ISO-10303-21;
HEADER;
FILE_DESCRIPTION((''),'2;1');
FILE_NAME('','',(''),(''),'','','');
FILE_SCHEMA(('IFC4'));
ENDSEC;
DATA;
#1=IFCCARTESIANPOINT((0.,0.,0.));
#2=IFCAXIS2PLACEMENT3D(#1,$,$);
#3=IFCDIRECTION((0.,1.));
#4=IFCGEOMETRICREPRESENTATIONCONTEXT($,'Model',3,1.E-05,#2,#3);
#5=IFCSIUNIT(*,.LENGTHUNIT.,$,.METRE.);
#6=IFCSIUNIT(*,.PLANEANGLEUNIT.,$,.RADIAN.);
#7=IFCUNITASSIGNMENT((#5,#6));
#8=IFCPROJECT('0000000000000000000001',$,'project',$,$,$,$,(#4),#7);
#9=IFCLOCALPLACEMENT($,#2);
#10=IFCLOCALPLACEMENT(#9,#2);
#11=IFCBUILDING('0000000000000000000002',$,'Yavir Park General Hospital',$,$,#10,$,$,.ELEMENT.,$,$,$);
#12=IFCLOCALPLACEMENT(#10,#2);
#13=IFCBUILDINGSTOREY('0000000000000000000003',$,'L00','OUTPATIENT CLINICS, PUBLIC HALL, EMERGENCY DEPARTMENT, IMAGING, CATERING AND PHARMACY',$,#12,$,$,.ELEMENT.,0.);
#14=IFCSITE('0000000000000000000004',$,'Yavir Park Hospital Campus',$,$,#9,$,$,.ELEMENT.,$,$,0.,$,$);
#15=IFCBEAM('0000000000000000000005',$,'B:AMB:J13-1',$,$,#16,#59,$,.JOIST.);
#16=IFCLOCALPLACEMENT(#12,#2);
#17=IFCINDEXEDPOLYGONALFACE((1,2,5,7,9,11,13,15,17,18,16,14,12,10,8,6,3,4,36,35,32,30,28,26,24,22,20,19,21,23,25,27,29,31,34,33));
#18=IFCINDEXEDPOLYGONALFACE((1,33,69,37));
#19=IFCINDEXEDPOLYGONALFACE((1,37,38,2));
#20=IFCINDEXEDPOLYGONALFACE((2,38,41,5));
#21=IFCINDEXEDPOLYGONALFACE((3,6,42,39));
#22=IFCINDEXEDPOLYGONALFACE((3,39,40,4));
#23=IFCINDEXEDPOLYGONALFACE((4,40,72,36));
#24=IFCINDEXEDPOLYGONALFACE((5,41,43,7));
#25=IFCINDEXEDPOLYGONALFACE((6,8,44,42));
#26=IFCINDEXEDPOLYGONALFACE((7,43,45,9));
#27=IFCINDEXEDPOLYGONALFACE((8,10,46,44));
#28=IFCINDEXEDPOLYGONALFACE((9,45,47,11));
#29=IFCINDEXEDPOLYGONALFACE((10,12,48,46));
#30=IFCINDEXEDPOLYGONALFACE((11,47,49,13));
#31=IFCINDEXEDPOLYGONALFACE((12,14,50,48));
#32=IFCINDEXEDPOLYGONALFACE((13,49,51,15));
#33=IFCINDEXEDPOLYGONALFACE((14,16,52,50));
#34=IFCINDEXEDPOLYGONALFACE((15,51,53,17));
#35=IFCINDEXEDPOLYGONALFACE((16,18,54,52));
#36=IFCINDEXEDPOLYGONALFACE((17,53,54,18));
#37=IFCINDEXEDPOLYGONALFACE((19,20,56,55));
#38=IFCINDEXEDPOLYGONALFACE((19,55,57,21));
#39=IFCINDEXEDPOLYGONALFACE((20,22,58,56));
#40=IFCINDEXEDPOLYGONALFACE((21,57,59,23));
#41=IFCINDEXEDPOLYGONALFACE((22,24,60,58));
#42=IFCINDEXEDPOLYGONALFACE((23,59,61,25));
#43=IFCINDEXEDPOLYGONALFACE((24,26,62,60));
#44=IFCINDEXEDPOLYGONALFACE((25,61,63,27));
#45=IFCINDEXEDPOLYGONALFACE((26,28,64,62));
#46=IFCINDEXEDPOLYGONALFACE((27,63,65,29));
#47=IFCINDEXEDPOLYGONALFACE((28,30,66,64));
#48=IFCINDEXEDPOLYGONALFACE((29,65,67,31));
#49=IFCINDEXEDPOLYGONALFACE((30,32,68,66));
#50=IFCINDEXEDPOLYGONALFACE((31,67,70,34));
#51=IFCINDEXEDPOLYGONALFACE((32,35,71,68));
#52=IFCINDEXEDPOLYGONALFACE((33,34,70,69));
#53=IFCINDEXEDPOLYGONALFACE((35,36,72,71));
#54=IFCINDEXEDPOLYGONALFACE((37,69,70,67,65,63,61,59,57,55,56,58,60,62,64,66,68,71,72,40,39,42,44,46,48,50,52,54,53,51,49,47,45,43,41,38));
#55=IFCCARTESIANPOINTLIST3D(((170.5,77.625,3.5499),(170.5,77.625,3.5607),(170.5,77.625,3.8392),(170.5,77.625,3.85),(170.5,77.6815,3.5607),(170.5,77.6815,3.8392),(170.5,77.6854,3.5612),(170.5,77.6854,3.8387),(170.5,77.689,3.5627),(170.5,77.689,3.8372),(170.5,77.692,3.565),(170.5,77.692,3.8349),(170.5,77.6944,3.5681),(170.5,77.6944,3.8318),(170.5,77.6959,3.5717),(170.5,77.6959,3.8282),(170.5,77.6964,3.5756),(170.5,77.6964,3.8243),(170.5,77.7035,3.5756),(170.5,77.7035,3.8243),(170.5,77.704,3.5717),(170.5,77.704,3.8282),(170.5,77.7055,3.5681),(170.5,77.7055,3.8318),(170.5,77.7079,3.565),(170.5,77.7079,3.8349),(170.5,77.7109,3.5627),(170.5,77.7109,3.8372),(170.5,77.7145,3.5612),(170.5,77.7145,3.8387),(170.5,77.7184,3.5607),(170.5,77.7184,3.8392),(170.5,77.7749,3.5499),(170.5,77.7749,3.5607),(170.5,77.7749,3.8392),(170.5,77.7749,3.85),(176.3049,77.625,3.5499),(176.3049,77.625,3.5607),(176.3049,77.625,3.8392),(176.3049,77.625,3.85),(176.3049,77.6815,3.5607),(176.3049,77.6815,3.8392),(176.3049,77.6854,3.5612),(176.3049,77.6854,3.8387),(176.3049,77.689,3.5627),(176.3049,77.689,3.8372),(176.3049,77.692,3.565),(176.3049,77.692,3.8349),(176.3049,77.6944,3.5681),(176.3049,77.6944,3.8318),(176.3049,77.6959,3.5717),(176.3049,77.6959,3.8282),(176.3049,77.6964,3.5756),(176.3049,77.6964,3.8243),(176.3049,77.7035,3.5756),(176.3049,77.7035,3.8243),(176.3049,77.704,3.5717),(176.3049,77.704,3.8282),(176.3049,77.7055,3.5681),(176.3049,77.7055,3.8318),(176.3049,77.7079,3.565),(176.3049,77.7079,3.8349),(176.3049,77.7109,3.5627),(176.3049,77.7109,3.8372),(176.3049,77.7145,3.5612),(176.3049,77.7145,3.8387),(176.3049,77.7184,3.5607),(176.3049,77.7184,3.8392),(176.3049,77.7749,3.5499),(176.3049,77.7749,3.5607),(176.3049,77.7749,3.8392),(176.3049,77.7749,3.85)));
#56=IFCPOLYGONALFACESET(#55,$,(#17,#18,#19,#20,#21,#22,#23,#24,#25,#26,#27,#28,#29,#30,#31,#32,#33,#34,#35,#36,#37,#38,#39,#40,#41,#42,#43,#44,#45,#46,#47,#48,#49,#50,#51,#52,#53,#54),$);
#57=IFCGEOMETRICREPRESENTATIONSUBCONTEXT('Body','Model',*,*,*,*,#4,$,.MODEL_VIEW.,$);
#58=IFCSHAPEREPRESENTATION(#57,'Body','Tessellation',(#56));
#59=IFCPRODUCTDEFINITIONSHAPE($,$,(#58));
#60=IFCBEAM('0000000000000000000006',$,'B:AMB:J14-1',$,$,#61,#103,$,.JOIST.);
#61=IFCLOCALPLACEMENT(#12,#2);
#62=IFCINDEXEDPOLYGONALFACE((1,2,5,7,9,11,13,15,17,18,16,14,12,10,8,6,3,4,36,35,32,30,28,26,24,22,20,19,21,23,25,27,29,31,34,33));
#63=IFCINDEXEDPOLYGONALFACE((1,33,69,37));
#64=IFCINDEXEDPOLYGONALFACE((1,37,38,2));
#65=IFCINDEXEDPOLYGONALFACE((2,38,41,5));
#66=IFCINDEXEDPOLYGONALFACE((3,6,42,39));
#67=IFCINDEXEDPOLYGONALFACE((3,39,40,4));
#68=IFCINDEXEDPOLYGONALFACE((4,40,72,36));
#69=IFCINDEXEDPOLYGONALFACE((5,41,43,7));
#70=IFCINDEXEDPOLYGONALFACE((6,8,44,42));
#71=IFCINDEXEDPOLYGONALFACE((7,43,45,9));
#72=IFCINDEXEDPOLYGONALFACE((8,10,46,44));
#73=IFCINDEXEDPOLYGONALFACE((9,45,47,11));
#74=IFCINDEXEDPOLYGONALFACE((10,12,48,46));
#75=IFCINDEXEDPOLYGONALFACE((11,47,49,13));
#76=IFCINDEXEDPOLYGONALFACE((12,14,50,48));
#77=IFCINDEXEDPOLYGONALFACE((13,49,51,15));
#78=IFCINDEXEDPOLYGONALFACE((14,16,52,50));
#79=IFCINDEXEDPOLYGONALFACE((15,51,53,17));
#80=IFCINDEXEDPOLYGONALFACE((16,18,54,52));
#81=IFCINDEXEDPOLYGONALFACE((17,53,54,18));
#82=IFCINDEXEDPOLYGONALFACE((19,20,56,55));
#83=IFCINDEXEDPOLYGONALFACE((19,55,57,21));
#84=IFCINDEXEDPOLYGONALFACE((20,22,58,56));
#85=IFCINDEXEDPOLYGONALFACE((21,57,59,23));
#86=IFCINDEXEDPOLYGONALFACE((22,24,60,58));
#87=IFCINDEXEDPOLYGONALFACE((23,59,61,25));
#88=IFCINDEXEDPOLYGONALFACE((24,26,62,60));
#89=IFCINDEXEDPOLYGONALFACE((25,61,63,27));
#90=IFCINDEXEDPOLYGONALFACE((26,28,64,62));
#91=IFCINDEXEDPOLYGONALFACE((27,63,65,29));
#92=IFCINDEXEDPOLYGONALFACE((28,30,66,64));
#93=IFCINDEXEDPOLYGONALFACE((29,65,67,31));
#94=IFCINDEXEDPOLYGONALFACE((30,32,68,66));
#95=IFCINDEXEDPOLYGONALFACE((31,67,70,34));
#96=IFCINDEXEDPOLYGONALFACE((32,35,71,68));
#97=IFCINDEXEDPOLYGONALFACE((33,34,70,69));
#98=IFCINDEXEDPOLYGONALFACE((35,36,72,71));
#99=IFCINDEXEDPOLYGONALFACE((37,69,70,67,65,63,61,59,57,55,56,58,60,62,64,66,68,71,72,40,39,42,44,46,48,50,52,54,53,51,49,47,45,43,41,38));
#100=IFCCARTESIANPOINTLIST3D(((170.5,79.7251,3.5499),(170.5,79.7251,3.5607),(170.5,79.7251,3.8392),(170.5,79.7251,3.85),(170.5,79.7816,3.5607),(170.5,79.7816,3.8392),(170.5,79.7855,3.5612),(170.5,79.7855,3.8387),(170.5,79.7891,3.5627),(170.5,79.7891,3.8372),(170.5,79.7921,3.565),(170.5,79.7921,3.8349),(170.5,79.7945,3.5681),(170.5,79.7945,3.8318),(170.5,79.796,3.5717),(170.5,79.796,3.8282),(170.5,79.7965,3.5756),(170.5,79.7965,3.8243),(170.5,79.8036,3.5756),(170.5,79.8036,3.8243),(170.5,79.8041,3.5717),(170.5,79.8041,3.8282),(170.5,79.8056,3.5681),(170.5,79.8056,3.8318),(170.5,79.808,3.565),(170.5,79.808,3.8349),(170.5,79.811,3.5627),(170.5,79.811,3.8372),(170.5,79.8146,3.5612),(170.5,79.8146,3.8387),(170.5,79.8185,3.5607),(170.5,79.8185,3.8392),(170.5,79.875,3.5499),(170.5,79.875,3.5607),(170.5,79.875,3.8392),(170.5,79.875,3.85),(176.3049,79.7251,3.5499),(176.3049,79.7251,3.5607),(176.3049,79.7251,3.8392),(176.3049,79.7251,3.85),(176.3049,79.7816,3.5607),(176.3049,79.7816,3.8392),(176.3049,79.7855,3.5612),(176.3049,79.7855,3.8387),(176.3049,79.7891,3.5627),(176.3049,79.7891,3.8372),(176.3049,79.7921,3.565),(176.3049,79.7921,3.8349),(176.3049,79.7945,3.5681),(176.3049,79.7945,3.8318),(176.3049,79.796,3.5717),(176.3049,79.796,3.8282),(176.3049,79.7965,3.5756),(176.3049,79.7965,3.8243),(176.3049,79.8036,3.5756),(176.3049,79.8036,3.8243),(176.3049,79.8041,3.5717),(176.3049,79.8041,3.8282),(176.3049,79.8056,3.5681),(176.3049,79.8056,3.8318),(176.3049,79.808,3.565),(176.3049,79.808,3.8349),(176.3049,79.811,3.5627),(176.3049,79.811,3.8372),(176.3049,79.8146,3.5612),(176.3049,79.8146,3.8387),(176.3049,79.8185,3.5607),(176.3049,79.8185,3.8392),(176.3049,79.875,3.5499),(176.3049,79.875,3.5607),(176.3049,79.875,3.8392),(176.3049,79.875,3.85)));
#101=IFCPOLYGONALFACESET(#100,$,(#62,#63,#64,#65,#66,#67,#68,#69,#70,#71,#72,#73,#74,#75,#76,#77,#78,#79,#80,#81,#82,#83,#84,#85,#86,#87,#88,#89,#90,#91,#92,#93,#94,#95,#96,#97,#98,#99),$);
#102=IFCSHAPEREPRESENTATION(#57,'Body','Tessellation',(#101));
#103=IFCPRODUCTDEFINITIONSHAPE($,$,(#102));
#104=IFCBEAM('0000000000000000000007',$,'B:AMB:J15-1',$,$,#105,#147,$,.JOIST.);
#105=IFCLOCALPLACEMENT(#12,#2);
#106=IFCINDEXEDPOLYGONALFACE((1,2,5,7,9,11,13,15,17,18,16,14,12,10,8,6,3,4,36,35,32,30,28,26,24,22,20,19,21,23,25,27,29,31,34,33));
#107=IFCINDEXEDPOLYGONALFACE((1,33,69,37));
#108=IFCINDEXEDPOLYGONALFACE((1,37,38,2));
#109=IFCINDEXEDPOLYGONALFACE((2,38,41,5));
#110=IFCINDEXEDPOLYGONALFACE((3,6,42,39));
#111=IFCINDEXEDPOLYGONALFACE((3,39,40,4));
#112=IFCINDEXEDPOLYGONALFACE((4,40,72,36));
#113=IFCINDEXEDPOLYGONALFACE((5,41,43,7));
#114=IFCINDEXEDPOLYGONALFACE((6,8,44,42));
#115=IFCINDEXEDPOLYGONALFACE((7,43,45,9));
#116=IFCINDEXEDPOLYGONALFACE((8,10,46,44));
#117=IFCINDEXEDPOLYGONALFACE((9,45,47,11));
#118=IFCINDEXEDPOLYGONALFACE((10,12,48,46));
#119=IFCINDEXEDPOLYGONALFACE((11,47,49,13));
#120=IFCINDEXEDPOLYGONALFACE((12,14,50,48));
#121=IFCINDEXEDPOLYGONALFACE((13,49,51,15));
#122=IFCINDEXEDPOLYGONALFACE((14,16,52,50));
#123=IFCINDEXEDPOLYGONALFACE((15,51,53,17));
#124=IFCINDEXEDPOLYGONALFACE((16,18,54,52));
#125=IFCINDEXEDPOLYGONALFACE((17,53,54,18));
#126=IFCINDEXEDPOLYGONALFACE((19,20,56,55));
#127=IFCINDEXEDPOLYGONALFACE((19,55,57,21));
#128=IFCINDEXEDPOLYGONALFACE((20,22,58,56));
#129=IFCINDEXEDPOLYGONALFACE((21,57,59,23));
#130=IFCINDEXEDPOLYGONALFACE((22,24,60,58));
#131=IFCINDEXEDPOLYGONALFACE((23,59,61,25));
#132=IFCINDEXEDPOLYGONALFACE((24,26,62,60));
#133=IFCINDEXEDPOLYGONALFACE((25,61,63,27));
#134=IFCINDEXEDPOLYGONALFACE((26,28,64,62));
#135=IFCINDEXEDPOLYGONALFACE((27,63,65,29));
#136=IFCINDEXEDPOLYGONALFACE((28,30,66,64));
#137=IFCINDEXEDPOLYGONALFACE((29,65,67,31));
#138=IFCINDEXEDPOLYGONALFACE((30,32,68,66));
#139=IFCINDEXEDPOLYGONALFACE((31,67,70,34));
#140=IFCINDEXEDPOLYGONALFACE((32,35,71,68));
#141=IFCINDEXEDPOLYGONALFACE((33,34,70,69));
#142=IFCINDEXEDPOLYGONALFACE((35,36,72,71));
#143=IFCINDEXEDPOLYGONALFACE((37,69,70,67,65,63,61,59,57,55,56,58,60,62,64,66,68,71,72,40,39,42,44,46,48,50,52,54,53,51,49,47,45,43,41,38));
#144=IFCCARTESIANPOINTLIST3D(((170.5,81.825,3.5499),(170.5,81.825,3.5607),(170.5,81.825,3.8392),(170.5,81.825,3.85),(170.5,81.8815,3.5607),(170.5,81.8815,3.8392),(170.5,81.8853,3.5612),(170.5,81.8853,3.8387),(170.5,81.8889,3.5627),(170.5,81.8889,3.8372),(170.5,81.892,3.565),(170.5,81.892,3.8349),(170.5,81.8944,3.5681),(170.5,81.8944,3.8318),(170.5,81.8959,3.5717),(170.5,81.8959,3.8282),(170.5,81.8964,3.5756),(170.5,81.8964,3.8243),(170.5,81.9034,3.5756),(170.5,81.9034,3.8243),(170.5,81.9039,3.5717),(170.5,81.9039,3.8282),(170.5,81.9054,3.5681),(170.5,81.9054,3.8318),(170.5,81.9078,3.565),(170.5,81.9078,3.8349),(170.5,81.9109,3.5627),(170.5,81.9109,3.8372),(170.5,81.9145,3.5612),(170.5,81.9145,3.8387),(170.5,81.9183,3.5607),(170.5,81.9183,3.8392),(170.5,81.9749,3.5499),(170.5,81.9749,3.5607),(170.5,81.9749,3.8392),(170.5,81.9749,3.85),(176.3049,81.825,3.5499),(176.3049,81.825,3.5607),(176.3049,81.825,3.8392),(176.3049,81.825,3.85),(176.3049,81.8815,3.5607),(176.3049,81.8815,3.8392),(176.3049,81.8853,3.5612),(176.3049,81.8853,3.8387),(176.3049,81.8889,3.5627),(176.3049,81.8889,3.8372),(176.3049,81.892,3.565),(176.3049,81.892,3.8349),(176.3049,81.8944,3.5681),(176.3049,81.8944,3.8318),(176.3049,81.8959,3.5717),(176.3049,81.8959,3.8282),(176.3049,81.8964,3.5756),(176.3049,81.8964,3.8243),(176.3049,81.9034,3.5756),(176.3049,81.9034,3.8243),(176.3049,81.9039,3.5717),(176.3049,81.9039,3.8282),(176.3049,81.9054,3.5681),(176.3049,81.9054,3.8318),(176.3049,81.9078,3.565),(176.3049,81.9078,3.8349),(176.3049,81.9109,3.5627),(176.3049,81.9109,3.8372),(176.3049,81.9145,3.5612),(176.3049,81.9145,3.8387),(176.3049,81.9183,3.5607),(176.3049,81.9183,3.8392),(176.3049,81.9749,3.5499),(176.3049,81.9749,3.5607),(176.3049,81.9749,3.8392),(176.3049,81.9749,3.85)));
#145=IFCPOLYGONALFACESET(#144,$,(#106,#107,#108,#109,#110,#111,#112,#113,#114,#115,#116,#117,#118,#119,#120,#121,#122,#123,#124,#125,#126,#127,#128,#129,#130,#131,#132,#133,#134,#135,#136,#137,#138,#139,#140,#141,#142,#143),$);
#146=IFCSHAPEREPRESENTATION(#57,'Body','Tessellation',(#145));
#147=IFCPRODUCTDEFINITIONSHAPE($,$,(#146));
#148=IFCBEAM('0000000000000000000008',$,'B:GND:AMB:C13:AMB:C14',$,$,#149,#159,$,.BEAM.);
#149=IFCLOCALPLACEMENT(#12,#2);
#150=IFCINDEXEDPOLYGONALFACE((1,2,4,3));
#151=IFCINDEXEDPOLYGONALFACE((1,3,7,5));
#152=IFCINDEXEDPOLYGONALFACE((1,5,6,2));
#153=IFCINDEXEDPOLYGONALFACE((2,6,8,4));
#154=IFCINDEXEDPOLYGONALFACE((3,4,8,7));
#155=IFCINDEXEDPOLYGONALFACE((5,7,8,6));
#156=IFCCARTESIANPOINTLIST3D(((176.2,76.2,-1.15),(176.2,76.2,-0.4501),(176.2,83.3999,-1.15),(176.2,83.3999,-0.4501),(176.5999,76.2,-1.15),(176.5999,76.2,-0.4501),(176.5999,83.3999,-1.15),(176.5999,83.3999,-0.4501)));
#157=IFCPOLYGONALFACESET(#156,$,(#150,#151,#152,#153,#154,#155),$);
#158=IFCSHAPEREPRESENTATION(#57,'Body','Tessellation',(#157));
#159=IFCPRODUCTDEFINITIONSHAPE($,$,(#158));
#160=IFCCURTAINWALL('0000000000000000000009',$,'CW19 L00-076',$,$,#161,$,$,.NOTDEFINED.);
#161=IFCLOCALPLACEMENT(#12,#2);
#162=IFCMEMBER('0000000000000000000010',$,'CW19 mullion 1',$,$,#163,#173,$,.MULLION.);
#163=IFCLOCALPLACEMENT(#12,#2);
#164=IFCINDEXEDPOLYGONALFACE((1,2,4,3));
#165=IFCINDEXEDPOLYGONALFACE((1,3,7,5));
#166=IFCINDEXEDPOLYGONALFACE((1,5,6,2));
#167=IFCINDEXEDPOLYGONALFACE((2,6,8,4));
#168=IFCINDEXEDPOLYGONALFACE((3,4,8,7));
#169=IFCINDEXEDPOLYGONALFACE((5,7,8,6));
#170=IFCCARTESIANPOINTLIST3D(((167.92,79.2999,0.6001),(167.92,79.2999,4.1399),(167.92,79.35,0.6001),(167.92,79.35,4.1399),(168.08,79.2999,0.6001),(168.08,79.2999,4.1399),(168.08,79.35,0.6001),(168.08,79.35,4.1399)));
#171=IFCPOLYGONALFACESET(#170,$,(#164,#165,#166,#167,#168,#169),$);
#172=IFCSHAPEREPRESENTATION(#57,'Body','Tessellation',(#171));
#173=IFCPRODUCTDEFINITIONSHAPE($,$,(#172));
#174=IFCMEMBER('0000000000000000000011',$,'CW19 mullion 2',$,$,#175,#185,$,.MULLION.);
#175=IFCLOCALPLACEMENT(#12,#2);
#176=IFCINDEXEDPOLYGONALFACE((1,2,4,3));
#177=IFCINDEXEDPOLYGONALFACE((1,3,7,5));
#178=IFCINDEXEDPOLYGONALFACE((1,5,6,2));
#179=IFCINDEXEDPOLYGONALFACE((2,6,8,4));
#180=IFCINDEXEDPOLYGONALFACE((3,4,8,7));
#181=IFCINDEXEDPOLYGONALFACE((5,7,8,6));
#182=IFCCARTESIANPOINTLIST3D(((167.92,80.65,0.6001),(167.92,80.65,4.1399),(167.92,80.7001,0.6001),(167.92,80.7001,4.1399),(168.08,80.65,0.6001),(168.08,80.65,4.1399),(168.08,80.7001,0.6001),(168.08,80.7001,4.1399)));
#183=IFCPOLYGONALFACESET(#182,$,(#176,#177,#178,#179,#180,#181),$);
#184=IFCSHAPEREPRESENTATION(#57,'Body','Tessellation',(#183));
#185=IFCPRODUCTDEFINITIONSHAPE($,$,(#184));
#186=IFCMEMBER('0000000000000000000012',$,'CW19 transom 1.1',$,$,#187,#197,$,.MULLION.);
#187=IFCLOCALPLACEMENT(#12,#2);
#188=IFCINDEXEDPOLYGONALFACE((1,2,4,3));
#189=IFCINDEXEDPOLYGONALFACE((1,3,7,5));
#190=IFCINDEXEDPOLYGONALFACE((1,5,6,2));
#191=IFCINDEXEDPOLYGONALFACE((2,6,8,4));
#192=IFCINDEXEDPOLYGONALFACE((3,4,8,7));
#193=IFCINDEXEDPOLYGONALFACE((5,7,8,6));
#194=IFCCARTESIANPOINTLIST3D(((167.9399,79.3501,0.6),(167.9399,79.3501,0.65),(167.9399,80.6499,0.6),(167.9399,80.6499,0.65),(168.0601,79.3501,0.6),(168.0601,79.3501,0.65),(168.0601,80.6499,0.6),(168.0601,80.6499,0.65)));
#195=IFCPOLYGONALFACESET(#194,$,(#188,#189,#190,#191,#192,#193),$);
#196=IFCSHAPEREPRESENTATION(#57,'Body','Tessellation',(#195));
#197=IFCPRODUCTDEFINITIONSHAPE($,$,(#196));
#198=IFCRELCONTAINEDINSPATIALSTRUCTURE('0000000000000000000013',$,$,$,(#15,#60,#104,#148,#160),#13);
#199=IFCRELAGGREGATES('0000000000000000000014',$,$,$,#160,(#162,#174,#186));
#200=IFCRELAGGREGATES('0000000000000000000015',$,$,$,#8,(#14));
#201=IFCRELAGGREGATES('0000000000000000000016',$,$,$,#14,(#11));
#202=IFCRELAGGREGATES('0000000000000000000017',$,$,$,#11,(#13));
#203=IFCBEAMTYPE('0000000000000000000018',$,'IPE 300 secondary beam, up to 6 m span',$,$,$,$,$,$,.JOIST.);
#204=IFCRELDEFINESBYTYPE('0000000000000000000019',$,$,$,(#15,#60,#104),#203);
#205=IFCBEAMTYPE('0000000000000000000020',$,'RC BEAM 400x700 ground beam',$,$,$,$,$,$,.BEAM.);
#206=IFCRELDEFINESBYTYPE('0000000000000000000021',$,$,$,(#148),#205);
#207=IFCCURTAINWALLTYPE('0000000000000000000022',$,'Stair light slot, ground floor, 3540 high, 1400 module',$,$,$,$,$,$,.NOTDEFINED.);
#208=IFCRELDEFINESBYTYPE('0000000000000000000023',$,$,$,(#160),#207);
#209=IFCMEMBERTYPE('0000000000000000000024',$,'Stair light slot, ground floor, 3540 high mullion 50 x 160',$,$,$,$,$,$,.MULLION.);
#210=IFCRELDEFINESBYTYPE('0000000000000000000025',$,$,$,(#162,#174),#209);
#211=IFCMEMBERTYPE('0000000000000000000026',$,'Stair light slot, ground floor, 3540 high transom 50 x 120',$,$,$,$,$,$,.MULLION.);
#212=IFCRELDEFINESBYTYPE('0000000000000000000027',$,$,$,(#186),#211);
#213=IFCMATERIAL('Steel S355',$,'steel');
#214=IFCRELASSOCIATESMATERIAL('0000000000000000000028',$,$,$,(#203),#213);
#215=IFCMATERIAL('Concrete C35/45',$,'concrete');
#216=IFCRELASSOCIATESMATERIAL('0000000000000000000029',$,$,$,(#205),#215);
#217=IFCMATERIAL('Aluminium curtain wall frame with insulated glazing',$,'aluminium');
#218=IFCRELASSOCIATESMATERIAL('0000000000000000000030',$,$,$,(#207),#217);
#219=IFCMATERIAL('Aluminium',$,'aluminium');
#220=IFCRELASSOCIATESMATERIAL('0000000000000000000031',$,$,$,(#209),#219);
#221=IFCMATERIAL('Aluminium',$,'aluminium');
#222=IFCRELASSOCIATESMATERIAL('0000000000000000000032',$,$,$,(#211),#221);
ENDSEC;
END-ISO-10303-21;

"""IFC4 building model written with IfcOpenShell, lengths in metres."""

from ifc_helpers import new_model, si_unit, direction, frame, origin, origin_2d, place, context, subcontext, project, spatial, rectangle, i_section, extrude, material, material_profile, profile_set, type_object, element, aggregate, save


model = new_model("IFC4")

# Units and contexts
model_context = context("Model", 3, precision=1e-05, world=origin(), true_north=direction((0.0, 1.0)))
body_context = subcontext(model_context, "Body", "Model", "MODEL_VIEW")
ifc_project = project(units=[si_unit("LENGTHUNIT", "METRE"), si_unit("PLANEANGLEUNIT", "RADIAN")], contexts=[model_context])

# Site, building, storey
site_placement = place(None, origin())
site = spatial("IfcSite", under=ifc_project, at=site_placement, Name="Yavir Park Hospital Campus", CompositionType="ELEMENT", RefElevation=0.0)
building_placement = place(site_placement, origin())
building = spatial("IfcBuilding", under=site, at=building_placement, Name="Yavir Park General Hospital", CompositionType="ELEMENT")
storey_placement = place(building_placement, origin())
storey = spatial("IfcBuildingStorey", under=building, at=storey_placement, Name="L00", Description="OUTPATIENT CLINICS, PUBLIC HALL, EMERGENCY DEPARTMENT, IMAGING, CATERING AND PHARMACY", CompositionType="ELEMENT", Elevation=0.0)

# Beams
ifc_material_1 = material(Name="Steel S355", Category="steel")
ifc_material_profile_1 = material_profile(ifc_material_1, i_section(OverallWidth=0.1499, OverallDepth=0.3, WebThickness=0.0071, FlangeThickness=0.0107, FilletRadius=0.0149, at=origin_2d()), Name="IPE300")
ifc_profile_set_1 = profile_set([ifc_material_profile_1], Name="Steel S355")
beam_type_1 = type_object("IfcBeamType", Name="IPE 300 secondary beam, up to 6 m span", PredefinedType="JOIST", material=ifc_profile_set_1)
for number, where, z_axis, x_axis, name in (
    (1, (170.5, 77.7, 3.7), (1.0, 0.0, 0.0), (0.0, 1.0, 0.0), "B:AMB:J13-1"),
    (2, (170.5, 79.8, 3.7), (1.0, 0.0, 0.0), (0.0, 1.0, 0.0), "B:AMB:J14-1"),
    (3, (170.5, 81.8999, 3.7), (1.0, 0.0, 0.0), (0.0, 1.0, 0.0), "B:AMB:J15-1"),
):
    element("IfcBeam", number, at=place(storey_placement, frame(where, z_axis=z_axis, x_axis=x_axis)), inside=storey, type_object=beam_type_1, Name=name, PredefinedType="JOIST", context=body_context, shape_type="SweptSolid", body=[
        extrude(i_section(OverallWidth=0.1499, OverallDepth=0.3, WebThickness=0.0071, FlangeThickness=0.0107, FilletRadius=0.0149, at=origin_2d()), origin(), (0.0, 0.0, 1.0), 5.8049),
    ])
ifc_material_2 = material(Name="Concrete C35/45", Category="concrete")
ifc_material_profile_2 = material_profile(ifc_material_2, rectangle(XDim=0.3999, YDim=0.7, at=origin_2d()), Name="RC400x700")
ifc_profile_set_2 = profile_set([ifc_material_profile_2], Name="Concrete C35/45")
beam_type_2 = type_object("IfcBeamType", Name="RC BEAM 400x700 ground beam", PredefinedType="BEAM", material=ifc_profile_set_2)
beam_placement = place(storey_placement, frame((176.3999, 76.2, -0.8), z_axis=(0.0, 1.0, 0.0), x_axis=(-1.0, 0.0, 0.0)))
element("IfcBeam", 4, at=beam_placement, inside=storey, type_object=beam_type_2, Name="B:GND:AMB:C13:AMB:C14", PredefinedType="BEAM", context=body_context, shape_type="SweptSolid", body=[
    extrude(rectangle(XDim=0.3999, YDim=0.7, at=origin_2d()), origin(), (0.0, 0.0, 1.0), 7.2),
])

# Curtain wall, members
ifc_material_3 = material(Name="Aluminium curtain wall frame with insulated glazing", Category="aluminium")
curtain_wall_type = type_object("IfcCurtainWallType", Name="Stair light slot, ground floor, 3540 high, 1400 module", PredefinedType="NOTDEFINED", material=ifc_material_3)
curtain_wall_placement = place(storey_placement, origin())
curtain_wall = element("IfcCurtainWall", 5, at=curtain_wall_placement, inside=storey, type_object=curtain_wall_type, Name="CW19 L00-076", PredefinedType="NOTDEFINED")
ifc_material_4 = material(Name="Aluminium", Category="aluminium")
ifc_material_profile_3 = material_profile(ifc_material_4, rectangle(XDim=0.1599, YDim=0.05, at=origin_2d()), Name="AL 50x160")
ifc_profile_set_3 = profile_set([ifc_material_profile_3], Name="Aluminium")
member_type_1 = type_object("IfcMemberType", Name="Stair light slot, ground floor, 3540 high mullion 50 x 160", PredefinedType="MULLION", material=ifc_profile_set_3)
member_1_placement = place(storey_placement, frame((168.0, 79.325, 0.6001), z_axis=(0.0, 0.0, 1.0), x_axis=(-1.0, 0.0, 0.0)))
member_1 = element("IfcMember", 6, at=member_1_placement, type_object=member_type_1, Name="CW19 mullion 1", PredefinedType="MULLION", context=body_context, shape_type="SweptSolid", body=[
    extrude(rectangle(XDim=0.1599, YDim=0.05, at=origin_2d()), origin(), (0.0, 0.0, 1.0), 3.5398),
])
member_2_placement = place(storey_placement, frame((168.0, 80.675, 0.6001), z_axis=(0.0, 0.0, 1.0), x_axis=(-1.0, 0.0, 0.0)))
member_2 = element("IfcMember", 7, at=member_2_placement, type_object=member_type_1, Name="CW19 mullion 2", PredefinedType="MULLION", context=body_context, shape_type="SweptSolid", body=[
    extrude(rectangle(XDim=0.1599, YDim=0.05, at=origin_2d()), origin(), (0.0, 0.0, 1.0), 3.5398),
])
ifc_material_5 = material(Name="Aluminium", Category="aluminium")
ifc_material_profile_4 = material_profile(ifc_material_5, rectangle(XDim=0.1201, YDim=0.05, at=origin_2d()), Name="AL 120x50")
ifc_profile_set_4 = profile_set([ifc_material_profile_4], Name="Aluminium")
member_type_2 = type_object("IfcMemberType", Name="Stair light slot, ground floor, 3540 high transom 50 x 120", PredefinedType="MULLION", material=ifc_profile_set_4)
member_3_placement = place(storey_placement, frame((168.0, 79.3501, 0.625), z_axis=(0.0, 1.0, 0.0), x_axis=(-1.0, 0.0, 0.0)))
member_3 = element("IfcMember", 8, at=member_3_placement, type_object=member_type_2, Name="CW19 transom 1.1", PredefinedType="MULLION", context=body_context, shape_type="SweptSolid", body=[
    extrude(rectangle(XDim=0.1201, YDim=0.05, at=origin_2d()), origin(), (0.0, 0.0, 1.0), 1.2998),
])
aggregate(curtain_wall, [member_1, member_2, member_3])

save(model, "model.ifc")
